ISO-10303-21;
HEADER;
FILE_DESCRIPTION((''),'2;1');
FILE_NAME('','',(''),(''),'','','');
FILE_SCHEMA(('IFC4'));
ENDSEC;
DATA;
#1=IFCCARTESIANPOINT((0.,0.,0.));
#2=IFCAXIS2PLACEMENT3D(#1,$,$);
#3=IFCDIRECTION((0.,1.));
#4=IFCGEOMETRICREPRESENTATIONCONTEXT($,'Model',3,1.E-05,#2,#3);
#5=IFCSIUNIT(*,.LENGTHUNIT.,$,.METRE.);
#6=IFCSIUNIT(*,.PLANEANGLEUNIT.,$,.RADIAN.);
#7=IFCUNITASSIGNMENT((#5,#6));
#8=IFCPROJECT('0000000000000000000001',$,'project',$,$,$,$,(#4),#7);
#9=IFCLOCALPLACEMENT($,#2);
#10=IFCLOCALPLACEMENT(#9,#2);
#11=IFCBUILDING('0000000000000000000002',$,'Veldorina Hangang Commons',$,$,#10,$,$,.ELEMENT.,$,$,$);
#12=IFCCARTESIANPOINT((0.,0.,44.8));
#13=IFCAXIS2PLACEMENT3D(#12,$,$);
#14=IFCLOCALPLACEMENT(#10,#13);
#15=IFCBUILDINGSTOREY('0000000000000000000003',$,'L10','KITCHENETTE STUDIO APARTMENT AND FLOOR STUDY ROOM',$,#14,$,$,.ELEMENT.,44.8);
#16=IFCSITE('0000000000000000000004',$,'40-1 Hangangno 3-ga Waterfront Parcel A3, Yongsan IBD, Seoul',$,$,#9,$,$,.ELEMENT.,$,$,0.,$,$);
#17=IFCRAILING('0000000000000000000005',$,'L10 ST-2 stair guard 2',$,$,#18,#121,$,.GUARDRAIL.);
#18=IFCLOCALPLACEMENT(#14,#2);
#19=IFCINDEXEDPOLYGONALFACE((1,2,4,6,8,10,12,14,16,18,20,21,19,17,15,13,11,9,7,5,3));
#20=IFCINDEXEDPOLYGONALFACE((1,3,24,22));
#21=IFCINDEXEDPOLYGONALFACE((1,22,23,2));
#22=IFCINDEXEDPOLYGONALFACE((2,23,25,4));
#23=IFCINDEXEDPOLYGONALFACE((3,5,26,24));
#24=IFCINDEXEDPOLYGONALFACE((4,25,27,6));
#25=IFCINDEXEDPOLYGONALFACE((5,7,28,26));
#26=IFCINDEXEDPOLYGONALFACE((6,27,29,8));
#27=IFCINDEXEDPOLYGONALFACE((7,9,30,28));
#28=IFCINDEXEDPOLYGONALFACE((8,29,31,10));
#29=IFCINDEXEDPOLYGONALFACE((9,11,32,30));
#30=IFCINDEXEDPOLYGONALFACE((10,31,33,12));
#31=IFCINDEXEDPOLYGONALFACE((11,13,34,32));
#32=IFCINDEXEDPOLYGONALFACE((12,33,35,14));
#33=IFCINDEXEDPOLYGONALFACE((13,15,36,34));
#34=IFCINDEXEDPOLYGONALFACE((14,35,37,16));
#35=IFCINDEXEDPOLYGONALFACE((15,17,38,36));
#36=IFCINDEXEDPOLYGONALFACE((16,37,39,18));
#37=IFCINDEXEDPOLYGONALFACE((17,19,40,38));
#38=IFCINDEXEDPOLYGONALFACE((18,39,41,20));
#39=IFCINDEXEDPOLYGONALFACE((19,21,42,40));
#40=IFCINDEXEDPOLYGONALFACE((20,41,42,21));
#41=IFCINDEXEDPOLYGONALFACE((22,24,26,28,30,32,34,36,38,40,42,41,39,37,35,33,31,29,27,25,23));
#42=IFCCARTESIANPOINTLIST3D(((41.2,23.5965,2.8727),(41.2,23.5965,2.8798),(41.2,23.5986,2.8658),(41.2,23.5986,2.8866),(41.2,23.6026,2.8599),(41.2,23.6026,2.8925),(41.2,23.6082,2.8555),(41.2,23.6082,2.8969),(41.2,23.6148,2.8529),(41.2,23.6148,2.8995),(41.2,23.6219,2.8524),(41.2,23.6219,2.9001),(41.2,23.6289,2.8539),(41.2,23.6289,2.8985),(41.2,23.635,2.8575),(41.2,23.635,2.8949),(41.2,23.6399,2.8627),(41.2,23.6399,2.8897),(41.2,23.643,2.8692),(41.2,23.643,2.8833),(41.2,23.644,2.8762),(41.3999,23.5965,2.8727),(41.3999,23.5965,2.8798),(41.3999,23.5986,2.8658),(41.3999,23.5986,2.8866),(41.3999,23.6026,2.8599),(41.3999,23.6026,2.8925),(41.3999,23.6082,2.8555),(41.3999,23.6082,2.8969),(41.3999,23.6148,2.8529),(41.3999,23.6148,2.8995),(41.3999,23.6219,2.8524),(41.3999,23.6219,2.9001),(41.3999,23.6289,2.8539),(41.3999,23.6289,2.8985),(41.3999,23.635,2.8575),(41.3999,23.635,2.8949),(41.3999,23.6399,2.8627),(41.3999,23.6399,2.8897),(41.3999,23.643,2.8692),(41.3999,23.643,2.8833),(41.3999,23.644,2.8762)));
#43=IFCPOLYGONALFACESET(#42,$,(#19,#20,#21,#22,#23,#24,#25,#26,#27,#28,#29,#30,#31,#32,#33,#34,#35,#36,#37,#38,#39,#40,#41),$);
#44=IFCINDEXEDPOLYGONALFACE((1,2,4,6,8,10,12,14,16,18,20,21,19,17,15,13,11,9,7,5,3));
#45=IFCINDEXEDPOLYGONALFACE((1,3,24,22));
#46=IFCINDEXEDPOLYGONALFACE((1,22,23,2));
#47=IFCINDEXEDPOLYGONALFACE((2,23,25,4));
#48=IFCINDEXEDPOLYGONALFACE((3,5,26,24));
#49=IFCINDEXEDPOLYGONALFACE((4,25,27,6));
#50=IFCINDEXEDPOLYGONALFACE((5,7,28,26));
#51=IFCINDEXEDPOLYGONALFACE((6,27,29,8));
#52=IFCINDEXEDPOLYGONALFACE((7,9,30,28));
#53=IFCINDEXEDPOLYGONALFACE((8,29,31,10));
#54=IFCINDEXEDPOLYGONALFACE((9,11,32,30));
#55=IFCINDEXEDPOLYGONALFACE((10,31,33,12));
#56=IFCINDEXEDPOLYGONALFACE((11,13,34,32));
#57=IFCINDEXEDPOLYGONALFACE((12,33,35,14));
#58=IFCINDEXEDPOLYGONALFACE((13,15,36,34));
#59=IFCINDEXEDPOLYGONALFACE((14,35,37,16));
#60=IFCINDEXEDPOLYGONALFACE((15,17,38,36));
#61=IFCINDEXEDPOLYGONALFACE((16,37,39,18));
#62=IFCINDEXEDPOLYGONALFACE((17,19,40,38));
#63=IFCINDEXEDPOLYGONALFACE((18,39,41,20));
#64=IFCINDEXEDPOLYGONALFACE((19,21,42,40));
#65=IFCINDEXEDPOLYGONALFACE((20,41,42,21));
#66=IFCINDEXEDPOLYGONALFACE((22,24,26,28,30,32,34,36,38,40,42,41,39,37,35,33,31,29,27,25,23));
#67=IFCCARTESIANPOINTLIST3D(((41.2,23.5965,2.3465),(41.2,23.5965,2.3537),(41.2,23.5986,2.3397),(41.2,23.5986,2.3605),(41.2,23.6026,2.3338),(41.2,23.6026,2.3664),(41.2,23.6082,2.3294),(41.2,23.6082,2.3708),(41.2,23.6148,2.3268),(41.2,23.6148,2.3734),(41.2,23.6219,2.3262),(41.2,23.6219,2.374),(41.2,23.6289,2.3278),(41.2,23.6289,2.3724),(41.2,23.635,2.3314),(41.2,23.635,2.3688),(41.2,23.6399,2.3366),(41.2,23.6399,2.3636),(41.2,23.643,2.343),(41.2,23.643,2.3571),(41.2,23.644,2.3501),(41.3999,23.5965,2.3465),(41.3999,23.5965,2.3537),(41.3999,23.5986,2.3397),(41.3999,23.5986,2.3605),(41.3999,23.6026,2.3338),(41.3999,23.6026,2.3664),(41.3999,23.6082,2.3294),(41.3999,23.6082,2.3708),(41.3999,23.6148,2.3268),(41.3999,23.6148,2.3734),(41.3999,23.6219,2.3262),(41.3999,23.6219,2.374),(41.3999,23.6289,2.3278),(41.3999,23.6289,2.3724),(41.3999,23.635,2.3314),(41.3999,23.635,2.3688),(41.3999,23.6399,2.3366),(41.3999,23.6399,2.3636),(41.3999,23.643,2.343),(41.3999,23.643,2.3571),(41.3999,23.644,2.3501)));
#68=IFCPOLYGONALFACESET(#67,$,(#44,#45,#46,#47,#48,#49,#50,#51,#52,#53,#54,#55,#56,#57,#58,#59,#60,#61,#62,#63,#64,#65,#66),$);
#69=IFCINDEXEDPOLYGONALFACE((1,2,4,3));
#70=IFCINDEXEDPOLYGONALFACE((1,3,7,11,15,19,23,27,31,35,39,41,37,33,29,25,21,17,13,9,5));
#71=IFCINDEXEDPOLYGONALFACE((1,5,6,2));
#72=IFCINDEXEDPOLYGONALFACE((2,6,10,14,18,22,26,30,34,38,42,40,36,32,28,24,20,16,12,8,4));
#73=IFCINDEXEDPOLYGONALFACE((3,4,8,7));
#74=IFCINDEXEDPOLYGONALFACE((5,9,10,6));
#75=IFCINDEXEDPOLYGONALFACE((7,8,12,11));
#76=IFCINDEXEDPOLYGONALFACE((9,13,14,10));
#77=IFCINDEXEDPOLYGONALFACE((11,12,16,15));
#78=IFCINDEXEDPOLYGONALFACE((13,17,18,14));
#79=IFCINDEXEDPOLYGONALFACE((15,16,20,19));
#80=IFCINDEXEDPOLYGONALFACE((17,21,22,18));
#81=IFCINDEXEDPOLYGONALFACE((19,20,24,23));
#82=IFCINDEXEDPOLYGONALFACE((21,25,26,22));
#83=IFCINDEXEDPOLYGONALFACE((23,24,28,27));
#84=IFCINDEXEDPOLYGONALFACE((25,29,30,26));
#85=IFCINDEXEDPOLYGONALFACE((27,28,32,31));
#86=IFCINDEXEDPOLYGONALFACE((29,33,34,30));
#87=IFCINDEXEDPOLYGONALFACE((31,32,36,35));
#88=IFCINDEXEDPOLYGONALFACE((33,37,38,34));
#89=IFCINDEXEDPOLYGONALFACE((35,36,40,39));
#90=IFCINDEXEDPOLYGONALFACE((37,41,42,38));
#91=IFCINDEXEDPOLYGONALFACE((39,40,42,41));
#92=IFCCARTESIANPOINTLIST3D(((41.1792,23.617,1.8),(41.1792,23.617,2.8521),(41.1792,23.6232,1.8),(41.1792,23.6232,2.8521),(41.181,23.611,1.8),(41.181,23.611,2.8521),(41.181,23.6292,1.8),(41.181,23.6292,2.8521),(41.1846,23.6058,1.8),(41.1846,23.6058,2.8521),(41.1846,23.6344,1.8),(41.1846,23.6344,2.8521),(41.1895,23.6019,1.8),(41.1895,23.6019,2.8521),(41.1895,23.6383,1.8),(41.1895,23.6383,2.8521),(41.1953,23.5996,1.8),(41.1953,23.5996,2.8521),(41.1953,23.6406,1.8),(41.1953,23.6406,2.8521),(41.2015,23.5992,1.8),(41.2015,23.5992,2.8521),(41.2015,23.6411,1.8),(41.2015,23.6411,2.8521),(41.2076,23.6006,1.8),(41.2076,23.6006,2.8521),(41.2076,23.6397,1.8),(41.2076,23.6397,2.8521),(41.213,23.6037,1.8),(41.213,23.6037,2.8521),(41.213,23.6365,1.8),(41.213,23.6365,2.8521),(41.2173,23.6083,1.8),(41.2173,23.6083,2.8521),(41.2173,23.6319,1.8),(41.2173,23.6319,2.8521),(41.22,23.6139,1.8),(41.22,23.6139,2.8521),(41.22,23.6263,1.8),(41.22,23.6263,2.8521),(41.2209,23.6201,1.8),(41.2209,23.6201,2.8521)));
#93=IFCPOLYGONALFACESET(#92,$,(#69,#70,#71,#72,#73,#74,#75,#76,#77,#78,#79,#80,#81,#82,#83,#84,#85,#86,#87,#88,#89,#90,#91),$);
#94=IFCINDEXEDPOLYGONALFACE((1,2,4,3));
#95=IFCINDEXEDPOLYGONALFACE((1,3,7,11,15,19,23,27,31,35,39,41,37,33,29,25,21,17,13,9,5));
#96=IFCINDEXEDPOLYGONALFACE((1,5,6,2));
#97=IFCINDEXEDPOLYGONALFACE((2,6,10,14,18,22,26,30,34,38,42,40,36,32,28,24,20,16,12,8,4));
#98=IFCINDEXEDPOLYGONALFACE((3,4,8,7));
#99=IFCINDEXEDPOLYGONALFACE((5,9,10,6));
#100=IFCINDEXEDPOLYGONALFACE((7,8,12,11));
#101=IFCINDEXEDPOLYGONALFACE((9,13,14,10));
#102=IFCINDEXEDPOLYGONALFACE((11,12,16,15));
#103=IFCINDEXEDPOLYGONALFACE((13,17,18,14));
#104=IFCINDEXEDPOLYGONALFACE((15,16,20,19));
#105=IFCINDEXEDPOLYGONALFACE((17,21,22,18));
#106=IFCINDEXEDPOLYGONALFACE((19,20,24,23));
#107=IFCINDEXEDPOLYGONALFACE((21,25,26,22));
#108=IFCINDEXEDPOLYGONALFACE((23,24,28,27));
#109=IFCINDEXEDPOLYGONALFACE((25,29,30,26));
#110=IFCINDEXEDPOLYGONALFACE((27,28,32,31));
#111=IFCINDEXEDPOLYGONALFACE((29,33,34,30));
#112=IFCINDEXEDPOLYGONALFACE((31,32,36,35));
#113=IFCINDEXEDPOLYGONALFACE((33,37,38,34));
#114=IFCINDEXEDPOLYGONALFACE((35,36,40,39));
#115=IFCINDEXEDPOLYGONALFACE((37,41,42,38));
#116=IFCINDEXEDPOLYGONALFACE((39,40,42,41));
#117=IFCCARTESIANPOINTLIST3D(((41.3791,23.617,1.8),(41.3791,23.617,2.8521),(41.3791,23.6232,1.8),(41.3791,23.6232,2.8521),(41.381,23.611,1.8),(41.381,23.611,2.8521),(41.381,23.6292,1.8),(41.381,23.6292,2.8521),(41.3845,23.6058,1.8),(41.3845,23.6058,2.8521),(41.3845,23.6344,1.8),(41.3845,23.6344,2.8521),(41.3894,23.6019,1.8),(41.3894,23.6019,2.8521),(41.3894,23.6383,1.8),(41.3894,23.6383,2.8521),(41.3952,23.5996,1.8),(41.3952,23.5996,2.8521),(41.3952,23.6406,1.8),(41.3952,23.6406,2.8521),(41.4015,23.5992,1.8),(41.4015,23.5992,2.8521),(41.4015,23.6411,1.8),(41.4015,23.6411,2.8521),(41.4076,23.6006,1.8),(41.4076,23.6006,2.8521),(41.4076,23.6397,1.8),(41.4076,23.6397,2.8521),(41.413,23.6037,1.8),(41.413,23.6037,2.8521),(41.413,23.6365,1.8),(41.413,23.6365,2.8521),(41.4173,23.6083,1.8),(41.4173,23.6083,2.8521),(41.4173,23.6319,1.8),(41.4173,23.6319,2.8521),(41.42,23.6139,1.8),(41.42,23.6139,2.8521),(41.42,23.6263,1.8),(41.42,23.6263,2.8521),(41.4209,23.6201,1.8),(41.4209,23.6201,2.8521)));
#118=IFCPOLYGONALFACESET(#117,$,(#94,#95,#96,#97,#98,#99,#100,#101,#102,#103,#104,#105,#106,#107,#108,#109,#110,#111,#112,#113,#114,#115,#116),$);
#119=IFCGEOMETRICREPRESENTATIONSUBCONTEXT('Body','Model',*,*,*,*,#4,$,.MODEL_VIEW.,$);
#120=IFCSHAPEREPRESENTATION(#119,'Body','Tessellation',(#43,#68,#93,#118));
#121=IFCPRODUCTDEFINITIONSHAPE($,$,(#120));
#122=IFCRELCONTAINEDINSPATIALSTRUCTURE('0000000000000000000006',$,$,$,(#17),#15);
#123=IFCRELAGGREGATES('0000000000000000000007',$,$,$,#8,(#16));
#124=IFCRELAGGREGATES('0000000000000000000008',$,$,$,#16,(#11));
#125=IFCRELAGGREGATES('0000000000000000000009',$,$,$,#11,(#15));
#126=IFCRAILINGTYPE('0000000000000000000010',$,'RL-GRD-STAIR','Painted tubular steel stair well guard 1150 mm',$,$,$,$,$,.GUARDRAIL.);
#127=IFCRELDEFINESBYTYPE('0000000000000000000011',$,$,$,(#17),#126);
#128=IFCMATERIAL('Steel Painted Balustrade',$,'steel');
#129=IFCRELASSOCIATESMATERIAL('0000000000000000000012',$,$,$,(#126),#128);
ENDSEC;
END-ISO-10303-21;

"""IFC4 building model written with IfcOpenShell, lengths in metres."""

from ifc_helpers import new_model, si_unit, direction, frame, origin, origin_2d, place, context, subcontext, project, spatial, circle, extrude, material, type_object, element, save


model = new_model("IFC4")

# Units and contexts
model_context = context("Model", 3, precision=1e-05, world=origin(), true_north=direction((0.0, 1.0)))
body_context = subcontext(model_context, "Body", "Model", "MODEL_VIEW")
ifc_project = project(units=[si_unit("LENGTHUNIT", "METRE"), si_unit("PLANEANGLEUNIT", "RADIAN")], contexts=[model_context])

# Site, building, storey
site_placement = place(None, origin())
site = spatial("IfcSite", under=ifc_project, at=site_placement, Name="40-1 Hangangno 3-ga Waterfront Parcel A3, Yongsan IBD, Seoul", CompositionType="ELEMENT", RefElevation=0.0)
building_placement = place(site_placement, origin())
building = spatial("IfcBuilding", under=site, at=building_placement, Name="Veldorina Hangang Commons", CompositionType="ELEMENT")
storey_placement = place(building_placement, frame((0.0, 0.0, 44.8)))
storey = spatial("IfcBuildingStorey", under=building, at=storey_placement, Name="L10", Description="KITCHENETTE STUDIO APARTMENT AND FLOOR STUDY ROOM", CompositionType="ELEMENT", Elevation=44.8)

# Railing
ifc_material_1 = material(Name="Steel Painted Balustrade", Category="steel")
railing_type_1 = type_object("IfcRailingType", Name="RL-GRD-STAIR", Description="Painted tubular steel stair well guard 1150 mm", PredefinedType="GUARDRAIL", material=ifc_material_1)
railing_1_placement = place(storey_placement, frame((41.2, 23.6201, 1.8)))
element("IfcRailing", 1, at=railing_1_placement, inside=storey, type_object=railing_type_1, Name="L10 ST-2 stair guard 2", PredefinedType="GUARDRAIL", context=body_context, shape_type="SweptSolid", body=[
    extrude(circle(Radius=0.0239, at=origin_2d()), frame((0.0, 0.0, 1.0762), z_axis=(1.0, 0.0, 0.0), x_axis=(0.0, 1.0, 0.0)), (0.0, 0.0, 1.0), 0.2),
    extrude(circle(Radius=0.0239, at=origin_2d()), frame((0.0, 0.0, 0.55), z_axis=(1.0, 0.0, 0.0), x_axis=(0.0, 1.0, 0.0)), (0.0, 0.0, 1.0), 0.2),
    extrude(circle(Radius=0.021, at=origin_2d()), origin(), (0.0, 0.0, 1.0), 1.052),
    extrude(circle(Radius=0.021, at=origin_2d()), frame((0.2, 0.0, 0.0)), (0.0, 0.0, 1.0), 1.052),
])

save(model, "model.ifc")
